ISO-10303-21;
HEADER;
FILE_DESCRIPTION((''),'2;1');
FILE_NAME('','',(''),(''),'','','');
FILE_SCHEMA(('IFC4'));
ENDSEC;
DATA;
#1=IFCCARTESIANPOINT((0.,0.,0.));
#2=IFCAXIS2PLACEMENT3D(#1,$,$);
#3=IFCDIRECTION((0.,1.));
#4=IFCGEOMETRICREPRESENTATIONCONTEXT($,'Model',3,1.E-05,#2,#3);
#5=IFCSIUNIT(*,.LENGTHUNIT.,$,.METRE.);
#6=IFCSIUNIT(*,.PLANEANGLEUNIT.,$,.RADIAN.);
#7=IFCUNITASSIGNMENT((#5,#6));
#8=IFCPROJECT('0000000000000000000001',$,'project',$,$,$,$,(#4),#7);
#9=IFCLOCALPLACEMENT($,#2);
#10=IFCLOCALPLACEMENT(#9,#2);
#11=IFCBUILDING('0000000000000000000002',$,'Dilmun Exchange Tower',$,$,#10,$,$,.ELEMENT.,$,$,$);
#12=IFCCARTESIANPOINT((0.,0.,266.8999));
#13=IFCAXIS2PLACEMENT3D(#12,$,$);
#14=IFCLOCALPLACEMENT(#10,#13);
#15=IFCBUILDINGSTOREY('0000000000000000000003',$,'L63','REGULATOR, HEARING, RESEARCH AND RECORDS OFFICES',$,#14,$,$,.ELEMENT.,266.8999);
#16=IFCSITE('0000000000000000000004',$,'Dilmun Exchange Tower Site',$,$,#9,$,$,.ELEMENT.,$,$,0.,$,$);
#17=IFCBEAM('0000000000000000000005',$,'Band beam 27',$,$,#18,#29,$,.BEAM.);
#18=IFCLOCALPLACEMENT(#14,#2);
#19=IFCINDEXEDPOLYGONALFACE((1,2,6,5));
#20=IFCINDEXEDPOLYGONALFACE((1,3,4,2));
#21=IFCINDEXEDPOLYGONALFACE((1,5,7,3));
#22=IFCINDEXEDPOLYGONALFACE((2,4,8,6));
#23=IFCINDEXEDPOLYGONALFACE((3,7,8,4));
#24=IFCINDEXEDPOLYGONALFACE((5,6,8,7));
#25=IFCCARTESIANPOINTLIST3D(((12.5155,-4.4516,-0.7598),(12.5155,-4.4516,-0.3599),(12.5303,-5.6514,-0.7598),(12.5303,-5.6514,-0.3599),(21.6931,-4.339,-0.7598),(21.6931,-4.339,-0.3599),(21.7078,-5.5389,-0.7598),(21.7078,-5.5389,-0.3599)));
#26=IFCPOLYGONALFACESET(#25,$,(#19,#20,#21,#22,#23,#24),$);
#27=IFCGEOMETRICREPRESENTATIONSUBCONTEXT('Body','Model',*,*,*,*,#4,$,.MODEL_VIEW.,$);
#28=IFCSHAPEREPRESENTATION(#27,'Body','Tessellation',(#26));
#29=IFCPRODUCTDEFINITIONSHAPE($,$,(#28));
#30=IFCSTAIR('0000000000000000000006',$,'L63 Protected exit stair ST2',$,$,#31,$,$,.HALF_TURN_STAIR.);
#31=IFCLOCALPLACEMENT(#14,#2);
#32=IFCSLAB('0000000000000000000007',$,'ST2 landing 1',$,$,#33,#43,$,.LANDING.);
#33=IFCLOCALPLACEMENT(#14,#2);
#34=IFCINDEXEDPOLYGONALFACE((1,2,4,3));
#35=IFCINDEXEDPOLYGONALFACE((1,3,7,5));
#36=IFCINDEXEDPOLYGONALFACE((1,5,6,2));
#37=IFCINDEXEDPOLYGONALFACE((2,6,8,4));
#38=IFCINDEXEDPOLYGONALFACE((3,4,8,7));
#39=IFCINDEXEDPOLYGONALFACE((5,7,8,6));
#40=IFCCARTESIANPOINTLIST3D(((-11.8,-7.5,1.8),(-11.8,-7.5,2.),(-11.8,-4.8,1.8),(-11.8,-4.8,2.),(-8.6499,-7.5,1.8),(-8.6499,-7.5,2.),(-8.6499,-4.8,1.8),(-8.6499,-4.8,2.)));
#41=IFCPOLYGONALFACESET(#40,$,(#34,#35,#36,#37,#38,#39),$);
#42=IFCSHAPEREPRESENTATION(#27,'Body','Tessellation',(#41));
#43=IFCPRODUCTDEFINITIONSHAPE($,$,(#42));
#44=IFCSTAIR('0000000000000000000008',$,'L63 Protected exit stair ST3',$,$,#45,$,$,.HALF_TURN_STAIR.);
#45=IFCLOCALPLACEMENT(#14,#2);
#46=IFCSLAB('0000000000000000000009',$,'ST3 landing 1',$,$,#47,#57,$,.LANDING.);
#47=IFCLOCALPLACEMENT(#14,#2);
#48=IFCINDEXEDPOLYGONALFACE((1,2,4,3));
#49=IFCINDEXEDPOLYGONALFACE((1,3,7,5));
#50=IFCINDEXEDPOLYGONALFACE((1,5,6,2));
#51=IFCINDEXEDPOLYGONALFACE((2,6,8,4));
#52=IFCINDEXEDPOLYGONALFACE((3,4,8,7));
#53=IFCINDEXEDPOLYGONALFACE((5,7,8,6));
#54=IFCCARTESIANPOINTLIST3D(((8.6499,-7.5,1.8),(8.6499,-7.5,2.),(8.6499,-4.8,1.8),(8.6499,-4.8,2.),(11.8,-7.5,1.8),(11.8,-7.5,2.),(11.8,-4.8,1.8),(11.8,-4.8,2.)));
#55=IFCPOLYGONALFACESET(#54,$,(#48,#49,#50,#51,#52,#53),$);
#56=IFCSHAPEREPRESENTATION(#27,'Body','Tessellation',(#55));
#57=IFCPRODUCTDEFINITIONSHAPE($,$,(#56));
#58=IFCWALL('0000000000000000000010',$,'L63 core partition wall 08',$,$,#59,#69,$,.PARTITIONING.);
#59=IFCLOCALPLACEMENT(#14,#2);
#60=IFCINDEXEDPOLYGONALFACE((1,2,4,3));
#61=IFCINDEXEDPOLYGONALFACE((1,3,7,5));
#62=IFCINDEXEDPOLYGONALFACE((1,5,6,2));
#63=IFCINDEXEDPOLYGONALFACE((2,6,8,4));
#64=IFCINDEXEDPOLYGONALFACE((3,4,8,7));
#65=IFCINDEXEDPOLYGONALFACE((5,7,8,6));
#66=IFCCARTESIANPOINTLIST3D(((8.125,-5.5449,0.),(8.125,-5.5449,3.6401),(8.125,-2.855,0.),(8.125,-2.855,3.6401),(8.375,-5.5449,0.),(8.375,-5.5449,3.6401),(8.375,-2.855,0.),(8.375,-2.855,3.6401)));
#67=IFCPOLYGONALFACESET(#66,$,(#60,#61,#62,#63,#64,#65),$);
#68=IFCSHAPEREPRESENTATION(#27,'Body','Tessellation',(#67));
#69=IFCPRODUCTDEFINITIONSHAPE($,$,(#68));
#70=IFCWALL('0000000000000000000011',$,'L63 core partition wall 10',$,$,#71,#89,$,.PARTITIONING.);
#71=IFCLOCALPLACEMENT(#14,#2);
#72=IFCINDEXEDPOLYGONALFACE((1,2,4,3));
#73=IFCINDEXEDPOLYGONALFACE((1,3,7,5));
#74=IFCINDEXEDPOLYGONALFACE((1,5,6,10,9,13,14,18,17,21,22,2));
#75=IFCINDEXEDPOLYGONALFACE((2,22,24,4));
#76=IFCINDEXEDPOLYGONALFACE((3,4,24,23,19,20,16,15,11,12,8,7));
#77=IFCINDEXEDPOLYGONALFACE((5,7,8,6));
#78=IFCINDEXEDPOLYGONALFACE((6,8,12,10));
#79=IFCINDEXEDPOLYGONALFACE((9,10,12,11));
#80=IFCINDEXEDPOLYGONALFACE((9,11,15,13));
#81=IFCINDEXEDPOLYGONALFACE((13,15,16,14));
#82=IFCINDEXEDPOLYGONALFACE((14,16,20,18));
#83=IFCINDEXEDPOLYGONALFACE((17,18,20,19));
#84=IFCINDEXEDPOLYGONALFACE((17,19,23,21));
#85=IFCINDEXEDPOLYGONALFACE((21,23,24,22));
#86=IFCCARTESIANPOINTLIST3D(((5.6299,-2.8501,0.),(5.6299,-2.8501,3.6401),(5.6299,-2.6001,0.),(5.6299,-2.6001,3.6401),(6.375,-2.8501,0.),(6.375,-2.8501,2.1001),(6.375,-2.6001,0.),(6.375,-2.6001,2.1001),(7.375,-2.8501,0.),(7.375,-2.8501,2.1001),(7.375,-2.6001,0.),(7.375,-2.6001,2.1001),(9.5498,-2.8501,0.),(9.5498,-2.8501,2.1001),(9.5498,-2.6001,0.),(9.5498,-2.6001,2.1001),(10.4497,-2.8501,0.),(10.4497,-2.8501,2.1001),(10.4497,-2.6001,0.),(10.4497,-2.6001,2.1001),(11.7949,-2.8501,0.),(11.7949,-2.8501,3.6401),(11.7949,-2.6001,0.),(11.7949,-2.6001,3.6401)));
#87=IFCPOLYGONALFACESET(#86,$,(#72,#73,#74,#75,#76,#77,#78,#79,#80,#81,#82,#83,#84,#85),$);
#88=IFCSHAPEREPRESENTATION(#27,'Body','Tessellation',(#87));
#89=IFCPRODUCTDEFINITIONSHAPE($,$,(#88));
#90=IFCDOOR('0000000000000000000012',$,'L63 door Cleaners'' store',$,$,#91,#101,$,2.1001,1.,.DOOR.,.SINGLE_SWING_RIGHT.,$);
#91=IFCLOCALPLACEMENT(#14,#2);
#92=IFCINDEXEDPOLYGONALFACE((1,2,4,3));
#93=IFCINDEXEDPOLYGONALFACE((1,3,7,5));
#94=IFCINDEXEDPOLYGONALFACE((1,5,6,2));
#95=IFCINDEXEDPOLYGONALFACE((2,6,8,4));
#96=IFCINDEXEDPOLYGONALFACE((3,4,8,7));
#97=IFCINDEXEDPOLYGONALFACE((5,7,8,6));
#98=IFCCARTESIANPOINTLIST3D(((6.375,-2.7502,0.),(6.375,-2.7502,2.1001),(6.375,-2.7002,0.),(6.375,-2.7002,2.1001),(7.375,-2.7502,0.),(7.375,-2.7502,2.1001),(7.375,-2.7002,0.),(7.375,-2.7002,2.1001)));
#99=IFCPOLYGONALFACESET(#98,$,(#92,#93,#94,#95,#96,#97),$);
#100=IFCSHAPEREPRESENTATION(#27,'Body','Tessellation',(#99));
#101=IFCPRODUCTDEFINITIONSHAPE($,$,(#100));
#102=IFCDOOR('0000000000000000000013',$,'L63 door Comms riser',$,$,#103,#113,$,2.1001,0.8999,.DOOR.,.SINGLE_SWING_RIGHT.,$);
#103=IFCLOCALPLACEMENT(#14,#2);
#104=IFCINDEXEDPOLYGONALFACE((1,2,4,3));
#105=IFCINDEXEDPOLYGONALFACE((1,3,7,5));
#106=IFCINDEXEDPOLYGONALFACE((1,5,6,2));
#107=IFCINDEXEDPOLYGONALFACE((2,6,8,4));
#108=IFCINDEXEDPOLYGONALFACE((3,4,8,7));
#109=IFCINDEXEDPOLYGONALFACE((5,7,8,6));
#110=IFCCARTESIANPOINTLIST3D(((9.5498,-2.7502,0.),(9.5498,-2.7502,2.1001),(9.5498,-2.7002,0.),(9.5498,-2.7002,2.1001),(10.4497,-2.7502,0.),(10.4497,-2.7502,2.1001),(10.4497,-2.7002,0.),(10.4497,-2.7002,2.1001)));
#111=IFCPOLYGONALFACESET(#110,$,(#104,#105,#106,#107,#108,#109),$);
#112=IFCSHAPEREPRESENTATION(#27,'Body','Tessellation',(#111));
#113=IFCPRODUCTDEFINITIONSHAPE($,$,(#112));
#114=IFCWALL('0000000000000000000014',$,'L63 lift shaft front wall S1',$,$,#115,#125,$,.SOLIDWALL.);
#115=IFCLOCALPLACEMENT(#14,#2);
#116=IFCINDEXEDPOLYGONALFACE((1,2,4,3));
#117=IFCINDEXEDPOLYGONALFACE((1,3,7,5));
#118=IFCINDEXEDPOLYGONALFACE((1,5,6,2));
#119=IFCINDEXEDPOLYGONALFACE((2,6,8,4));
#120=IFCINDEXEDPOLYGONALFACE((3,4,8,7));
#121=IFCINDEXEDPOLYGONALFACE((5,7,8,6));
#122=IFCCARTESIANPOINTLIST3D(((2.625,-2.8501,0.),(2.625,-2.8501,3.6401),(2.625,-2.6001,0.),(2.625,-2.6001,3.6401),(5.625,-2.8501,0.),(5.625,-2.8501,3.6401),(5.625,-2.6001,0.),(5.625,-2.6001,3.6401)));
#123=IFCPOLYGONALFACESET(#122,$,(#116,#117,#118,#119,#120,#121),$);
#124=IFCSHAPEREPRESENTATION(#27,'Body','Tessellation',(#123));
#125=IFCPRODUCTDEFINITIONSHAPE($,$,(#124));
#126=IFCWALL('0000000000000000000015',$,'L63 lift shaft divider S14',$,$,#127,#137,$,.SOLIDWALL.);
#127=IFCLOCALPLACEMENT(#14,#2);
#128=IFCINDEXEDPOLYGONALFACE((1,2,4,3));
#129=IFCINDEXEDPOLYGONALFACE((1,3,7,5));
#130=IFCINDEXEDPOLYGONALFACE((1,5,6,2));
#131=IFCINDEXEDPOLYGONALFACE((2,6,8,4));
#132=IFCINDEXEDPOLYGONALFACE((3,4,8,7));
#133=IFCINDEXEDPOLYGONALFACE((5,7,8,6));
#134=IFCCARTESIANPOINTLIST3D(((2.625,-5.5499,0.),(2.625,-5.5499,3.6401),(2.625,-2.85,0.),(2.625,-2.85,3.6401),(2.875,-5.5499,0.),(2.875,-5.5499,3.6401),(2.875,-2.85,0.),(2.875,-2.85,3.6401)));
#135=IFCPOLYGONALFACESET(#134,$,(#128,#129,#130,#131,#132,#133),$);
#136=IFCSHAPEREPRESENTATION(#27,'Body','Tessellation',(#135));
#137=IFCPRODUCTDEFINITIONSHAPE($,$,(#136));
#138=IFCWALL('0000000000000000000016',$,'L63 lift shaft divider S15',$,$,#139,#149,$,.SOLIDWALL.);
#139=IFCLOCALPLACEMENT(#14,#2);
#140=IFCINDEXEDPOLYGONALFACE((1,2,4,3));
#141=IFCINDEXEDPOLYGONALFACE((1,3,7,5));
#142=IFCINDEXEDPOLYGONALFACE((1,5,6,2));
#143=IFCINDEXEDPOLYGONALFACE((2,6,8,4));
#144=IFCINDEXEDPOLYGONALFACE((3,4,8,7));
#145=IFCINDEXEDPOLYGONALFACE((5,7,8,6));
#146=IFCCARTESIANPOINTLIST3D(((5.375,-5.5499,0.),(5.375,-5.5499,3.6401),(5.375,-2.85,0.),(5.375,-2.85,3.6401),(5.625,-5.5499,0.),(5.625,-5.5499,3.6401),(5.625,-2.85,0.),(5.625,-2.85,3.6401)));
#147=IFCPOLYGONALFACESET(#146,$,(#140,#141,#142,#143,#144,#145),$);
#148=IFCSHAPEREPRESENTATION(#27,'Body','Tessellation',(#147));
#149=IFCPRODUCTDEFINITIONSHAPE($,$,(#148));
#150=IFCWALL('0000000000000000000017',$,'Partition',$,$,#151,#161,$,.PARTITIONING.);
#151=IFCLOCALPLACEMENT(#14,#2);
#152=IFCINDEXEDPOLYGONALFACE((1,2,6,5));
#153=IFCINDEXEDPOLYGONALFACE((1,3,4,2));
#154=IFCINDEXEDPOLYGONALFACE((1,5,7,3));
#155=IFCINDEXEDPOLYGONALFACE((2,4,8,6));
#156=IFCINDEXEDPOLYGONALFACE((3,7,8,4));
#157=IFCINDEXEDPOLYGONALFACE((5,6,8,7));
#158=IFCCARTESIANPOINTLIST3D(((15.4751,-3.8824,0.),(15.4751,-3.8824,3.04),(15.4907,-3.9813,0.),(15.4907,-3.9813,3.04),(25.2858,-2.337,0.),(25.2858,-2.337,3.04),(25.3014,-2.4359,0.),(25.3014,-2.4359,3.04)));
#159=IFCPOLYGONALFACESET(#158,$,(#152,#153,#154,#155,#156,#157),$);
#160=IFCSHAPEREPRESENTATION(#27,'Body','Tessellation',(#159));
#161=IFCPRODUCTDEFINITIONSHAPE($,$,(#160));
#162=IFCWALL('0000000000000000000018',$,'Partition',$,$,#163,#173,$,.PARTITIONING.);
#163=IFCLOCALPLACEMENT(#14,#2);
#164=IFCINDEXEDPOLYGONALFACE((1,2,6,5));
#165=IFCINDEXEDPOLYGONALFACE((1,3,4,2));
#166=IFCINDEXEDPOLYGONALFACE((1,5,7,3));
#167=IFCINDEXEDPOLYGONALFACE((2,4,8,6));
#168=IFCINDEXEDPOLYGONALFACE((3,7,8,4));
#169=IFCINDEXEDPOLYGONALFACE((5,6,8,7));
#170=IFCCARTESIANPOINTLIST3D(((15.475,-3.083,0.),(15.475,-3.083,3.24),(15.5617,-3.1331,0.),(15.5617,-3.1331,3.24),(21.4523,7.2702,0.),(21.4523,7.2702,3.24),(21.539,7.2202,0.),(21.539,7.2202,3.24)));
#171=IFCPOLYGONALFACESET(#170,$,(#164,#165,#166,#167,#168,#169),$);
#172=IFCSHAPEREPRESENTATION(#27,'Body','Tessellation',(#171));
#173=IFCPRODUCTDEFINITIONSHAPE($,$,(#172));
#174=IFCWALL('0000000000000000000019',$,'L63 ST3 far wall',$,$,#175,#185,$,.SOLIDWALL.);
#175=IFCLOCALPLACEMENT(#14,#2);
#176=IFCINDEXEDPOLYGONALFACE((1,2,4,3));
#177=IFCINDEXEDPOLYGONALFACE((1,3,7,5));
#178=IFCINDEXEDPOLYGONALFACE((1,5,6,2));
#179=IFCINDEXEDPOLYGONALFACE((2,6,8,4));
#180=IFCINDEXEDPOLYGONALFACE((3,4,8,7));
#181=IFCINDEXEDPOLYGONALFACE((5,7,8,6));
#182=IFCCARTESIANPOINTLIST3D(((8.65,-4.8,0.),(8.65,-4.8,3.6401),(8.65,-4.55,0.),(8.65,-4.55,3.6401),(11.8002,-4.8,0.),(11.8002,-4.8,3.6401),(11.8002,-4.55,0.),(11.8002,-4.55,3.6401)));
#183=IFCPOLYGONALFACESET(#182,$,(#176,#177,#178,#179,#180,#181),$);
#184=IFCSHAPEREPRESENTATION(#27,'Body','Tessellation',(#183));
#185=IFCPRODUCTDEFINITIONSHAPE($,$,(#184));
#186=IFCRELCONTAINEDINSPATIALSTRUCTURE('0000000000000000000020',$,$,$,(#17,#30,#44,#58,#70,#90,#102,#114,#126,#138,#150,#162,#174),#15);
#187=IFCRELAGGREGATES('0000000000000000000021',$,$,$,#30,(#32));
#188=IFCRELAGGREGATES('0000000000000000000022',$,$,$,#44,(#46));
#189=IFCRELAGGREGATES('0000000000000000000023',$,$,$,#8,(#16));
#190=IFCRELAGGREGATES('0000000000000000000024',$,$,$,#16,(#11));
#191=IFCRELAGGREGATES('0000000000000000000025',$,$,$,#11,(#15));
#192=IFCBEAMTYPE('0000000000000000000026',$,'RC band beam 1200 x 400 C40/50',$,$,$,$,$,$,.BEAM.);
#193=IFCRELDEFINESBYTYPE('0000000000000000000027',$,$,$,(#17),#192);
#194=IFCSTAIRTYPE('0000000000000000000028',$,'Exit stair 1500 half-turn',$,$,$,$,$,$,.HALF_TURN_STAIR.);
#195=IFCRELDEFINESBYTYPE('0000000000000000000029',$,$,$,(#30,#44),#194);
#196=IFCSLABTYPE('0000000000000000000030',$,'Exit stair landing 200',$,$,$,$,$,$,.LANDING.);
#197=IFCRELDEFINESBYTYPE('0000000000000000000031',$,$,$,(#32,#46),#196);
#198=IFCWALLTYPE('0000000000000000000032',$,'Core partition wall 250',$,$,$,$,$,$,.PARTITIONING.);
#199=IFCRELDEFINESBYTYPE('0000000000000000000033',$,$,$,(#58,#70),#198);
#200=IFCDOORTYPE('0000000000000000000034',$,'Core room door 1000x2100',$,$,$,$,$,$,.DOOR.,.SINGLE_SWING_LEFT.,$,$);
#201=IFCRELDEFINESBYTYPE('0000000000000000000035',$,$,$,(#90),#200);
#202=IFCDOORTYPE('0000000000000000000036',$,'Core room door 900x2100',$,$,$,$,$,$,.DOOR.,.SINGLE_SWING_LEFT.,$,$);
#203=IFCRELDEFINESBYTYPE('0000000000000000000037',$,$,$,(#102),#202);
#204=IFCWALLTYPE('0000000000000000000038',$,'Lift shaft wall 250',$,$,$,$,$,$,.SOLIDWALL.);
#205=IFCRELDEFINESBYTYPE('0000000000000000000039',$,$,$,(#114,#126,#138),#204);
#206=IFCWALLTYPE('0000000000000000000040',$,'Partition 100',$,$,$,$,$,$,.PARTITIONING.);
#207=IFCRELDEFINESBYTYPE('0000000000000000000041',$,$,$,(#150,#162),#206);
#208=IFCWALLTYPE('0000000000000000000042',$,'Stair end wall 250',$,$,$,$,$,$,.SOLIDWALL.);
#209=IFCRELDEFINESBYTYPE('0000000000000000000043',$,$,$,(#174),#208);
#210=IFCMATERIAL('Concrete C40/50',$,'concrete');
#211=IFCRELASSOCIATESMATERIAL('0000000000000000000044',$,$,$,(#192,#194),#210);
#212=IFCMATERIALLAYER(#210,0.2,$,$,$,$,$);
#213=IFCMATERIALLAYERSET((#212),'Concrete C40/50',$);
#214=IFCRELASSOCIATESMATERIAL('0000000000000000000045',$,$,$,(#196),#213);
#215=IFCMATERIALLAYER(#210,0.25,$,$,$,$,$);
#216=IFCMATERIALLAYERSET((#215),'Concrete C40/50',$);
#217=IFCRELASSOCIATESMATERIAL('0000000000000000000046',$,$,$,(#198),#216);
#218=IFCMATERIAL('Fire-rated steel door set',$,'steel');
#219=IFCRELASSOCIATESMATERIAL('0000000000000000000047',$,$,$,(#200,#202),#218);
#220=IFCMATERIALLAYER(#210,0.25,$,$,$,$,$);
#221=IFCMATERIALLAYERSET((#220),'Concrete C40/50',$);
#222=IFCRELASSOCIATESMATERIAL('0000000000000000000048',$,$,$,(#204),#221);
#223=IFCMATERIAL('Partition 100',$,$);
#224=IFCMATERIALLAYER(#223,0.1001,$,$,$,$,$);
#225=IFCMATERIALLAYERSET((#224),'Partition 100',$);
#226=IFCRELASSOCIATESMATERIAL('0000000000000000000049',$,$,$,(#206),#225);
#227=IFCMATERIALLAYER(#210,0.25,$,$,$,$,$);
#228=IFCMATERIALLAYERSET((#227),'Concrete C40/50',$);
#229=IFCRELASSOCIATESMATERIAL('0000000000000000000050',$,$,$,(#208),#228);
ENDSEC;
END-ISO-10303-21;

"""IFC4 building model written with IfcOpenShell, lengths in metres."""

from ifc_helpers import new_model, si_unit, direction, frame, frame_2d, origin, origin_2d, place, context, subcontext, project, spatial, polyline, rectangle, outline, extrude, material, layer, layer_set, material_profile, profile_set, type_object, element, fill, aggregate, save


model = new_model("IFC4")

# Units and contexts
model_context = context("Model", 3, precision=1e-05, world=origin(), true_north=direction((0.0, 1.0)))
body_context = subcontext(model_context, "Body", "Model", "MODEL_VIEW")
ifc_project = project(units=[si_unit("LENGTHUNIT", "METRE"), si_unit("PLANEANGLEUNIT", "RADIAN")], contexts=[model_context])

# Site, building, storey
site_placement = place(None, origin())
site = spatial("IfcSite", under=ifc_project, at=site_placement, Name="Dilmun Exchange Tower Site", CompositionType="ELEMENT", RefElevation=0.0)
building_placement = place(site_placement, origin())
building = spatial("IfcBuilding", under=site, at=building_placement, Name="Dilmun Exchange Tower", CompositionType="ELEMENT")
storey_placement = place(building_placement, frame((0.0, 0.0, 266.8999)))
storey = spatial("IfcBuildingStorey", under=building, at=storey_placement, Name="L63", Description="REGULATOR, HEARING, RESEARCH AND RECORDS OFFICES", CompositionType="ELEMENT", Elevation=266.8999)

# Beam
ifc_material_1 = material(Name="Concrete C40/50", Category="concrete")
ifc_material_profile = material_profile(ifc_material_1, rectangle(XDim=1.2, YDim=0.3999, at=origin_2d()), Name="1200 x 400")
ifc_profile_set = profile_set([ifc_material_profile], Name="Concrete C40/50")
beam_type = type_object("IfcBeamType", Name="RC band beam 1200 x 400 C40/50", PredefinedType="BEAM", material=ifc_profile_set)
beam_placement = place(storey_placement, frame((21.7004, -4.939, -0.5598), z_axis=(-0.999925, -0.012263, 0.0), x_axis=(0.012263, -0.999925, 0.0)))
element("IfcBeam", 1, at=beam_placement, inside=storey, type_object=beam_type, Name="Band beam 27", PredefinedType="BEAM", context=body_context, shape_type="SweptSolid", body=[
    extrude(rectangle(XDim=1.2, YDim=0.3999, at=origin_2d()), origin(), (0.0, 0.0, 1.0), 9.1782),
])

# Stairs, slabs
stair_type = type_object("IfcStairType", Name="Exit stair 1500 half-turn", PredefinedType="HALF_TURN_STAIR", material=ifc_material_1)
stair_1_placement = place(storey_placement, origin())
stair_1 = element("IfcStair", 2, at=stair_1_placement, inside=storey, type_object=stair_type, Name="L63 Protected exit stair ST2", PredefinedType="HALF_TURN_STAIR")
ifc_layer_1 = layer(ifc_material_1, 0.2)
ifc_layer_set_1 = layer_set([ifc_layer_1], Name="Concrete C40/50")
slab_type = type_object("IfcSlabType", Name="Exit stair landing 200", PredefinedType="LANDING", material=ifc_layer_set_1)
slab_1_placement = place(storey_placement, frame((0.0, 0.0, 1.8)))
slab_1 = element("IfcSlab", 3, at=slab_1_placement, type_object=slab_type, Name="ST2 landing 1", PredefinedType="LANDING", context=body_context, shape_type="SweptSolid", body=[
    extrude(outline(polyline([(-8.6499, -7.5), (-8.6499, -4.8), (-11.8, -4.8), (-11.8, -7.5), (-8.6499, -7.5)])), origin(), (0.0, 0.0, 1.0), 0.2),
])
aggregate(stair_1, [slab_1])
stair_2_placement = place(storey_placement, origin())
stair_2 = element("IfcStair", 4, at=stair_2_placement, inside=storey, type_object=stair_type, Name="L63 Protected exit stair ST3", PredefinedType="HALF_TURN_STAIR")
slab_2_placement = place(storey_placement, frame((0.0, 0.0, 1.8)))
slab_2 = element("IfcSlab", 5, at=slab_2_placement, type_object=slab_type, Name="ST3 landing 1", PredefinedType="LANDING", context=body_context, shape_type="SweptSolid", body=[
    extrude(outline(polyline([(11.8, -7.5), (11.8, -4.8), (8.6499, -4.8), (8.6499, -7.5), (11.8, -7.5)])), origin(), (0.0, 0.0, 1.0), 0.2),
])

# Wall
ifc_layer_2 = layer(ifc_material_1, 0.25)
ifc_layer_set_2 = layer_set([ifc_layer_2], Name="Concrete C40/50")
wall_type_1 = type_object("IfcWallType", Name="Core partition wall 250", PredefinedType="PARTITIONING", material=ifc_layer_set_2)
wall_1_placement = place(storey_placement, frame((8.25, -5.5449, 0.0), z_axis=(0.0, 0.0, 1.0), x_axis=(0.0, 1.0, 0.0)))
element("IfcWall", 6, at=wall_1_placement, inside=storey, type_object=wall_type_1, Name="L63 core partition wall 08", PredefinedType="PARTITIONING", context=body_context, shape_type="SweptSolid", body=[
    extrude(rectangle(XDim=2.6899, YDim=0.25, at=frame_2d((1.345, 0.0))), origin(), (0.0, 0.0, 1.0), 3.6401),
])

# Wall, openings, doors
wall_2_placement = place(storey_placement, frame((5.6299, -2.7251, 0.0), z_axis=(0.0, 0.0, 1.0), x_axis=(1.0, 0.0, 0.0)))
wall_2 = element("IfcWall", 7, at=wall_2_placement, inside=storey, type_object=wall_type_1, Name="L63 core partition wall 10", PredefinedType="PARTITIONING", context=body_context, shape_type="SweptSolid", body=[
    extrude(rectangle(XDim=6.165, YDim=0.25, at=frame_2d((3.0825, 0.0))), origin(), (0.0, 0.0, 1.0), 3.6401),
])
opening_1_placement = place(wall_2_placement, frame((0.7451, 0.0, 0.0)))
opening_1 = element("IfcOpeningElement", 8, at=opening_1_placement, cuts=wall_2, PredefinedType="OPENING", context=body_context, shape_type="SweptSolid", body=[
    extrude(rectangle(XDim=1.0, YDim=2.1001, at=frame_2d((0.5, 1.05))), frame((0.0, 0.135, 0.0), z_axis=(0.0, -1.0, 0.0), x_axis=(1.0, 0.0, 0.0)), (0.0, 0.0, 1.0), 0.27),
])
opening_2_placement = place(wall_2_placement, frame((3.9199, 0.0, 0.0)))
opening_2 = element("IfcOpeningElement", 9, at=opening_2_placement, cuts=wall_2, PredefinedType="OPENING", context=body_context, shape_type="SweptSolid", body=[
    extrude(rectangle(XDim=0.8999, YDim=2.1001, at=frame_2d((0.45, 1.05))), frame((0.0, 0.135, 0.0), z_axis=(0.0, -1.0, 0.0), x_axis=(1.0, 0.0, 0.0)), (0.0, 0.0, 1.0), 0.27),
])
ifc_material_2 = material(Name="Fire-rated steel door set", Category="steel")
door_type_1 = type_object("IfcDoorType", Name="Core room door 1000x2100", OperationType="SINGLE_SWING_LEFT", PredefinedType="DOOR", material=ifc_material_2)
door_1_placement = place(opening_1_placement, origin())
door_1 = element("IfcDoor", 10, at=door_1_placement, inside=storey, type_object=door_type_1, Name="L63 door Cleaners' store", OperationType="SINGLE_SWING_RIGHT", OverallHeight=2.1001, OverallWidth=1.0, PredefinedType="DOOR", context=body_context, shape_type="SweptSolid", body=[
    extrude(rectangle(XDim=1.0, YDim=2.1001, at=frame_2d((0.5, 1.05))), frame((0.0, 0.0249, 0.0), z_axis=(0.0, -1.0, 0.0), x_axis=(1.0, 0.0, 0.0)), (0.0, 0.0, 1.0), 0.05),
])
fill(opening_1, door_1)
door_type_2 = type_object("IfcDoorType", Name="Core room door 900x2100", OperationType="SINGLE_SWING_LEFT", PredefinedType="DOOR", material=ifc_material_2)
door_2_placement = place(opening_2_placement, origin())
door_2 = element("IfcDoor", 11, at=door_2_placement, inside=storey, type_object=door_type_2, Name="L63 door Comms riser", OperationType="SINGLE_SWING_RIGHT", OverallHeight=2.1001, OverallWidth=0.8999, PredefinedType="DOOR", context=body_context, shape_type="SweptSolid", body=[
    extrude(rectangle(XDim=0.8999, YDim=2.1001, at=frame_2d((0.45, 1.05))), frame((0.0, 0.0249, 0.0), z_axis=(0.0, -1.0, 0.0), x_axis=(1.0, 0.0, 0.0)), (0.0, 0.0, 1.0), 0.05),
])
fill(opening_2, door_2)

# Walls
ifc_layer_3 = layer(ifc_material_1, 0.25)
ifc_layer_set_3 = layer_set([ifc_layer_3], Name="Concrete C40/50")
wall_type_2 = type_object("IfcWallType", Name="Lift shaft wall 250", PredefinedType="SOLIDWALL", material=ifc_layer_set_3)
wall_3_placement = place(storey_placement, frame((2.625, -2.7251, 0.0), z_axis=(0.0, 0.0, 1.0), x_axis=(1.0, 0.0, 0.0)))
element("IfcWall", 12, at=wall_3_placement, inside=storey, type_object=wall_type_2, Name="L63 lift shaft front wall S1", PredefinedType="SOLIDWALL", context=body_context, shape_type="SweptSolid", body=[
    extrude(rectangle(XDim=3.0, YDim=0.25, at=frame_2d((1.5, 0.0))), origin(), (0.0, 0.0, 1.0), 3.6401),
])
for number, where, z_axis, x_axis, name in (
    (13, (2.75, -5.55, 0.0), (0.0, 0.0, 1.0), (0.0, 1.0, 0.0), "L63 lift shaft divider S14"),
    (14, (5.5, -5.55, 0.0), (0.0, 0.0, 1.0), (0.0, 1.0, 0.0), "L63 lift shaft divider S15"),
):
    element("IfcWall", number, at=place(storey_placement, frame(where, z_axis=z_axis, x_axis=x_axis)), inside=storey, type_object=wall_type_2, Name=name, PredefinedType="SOLIDWALL", context=body_context, shape_type="SweptSolid", body=[
        extrude(rectangle(XDim=2.7, YDim=0.25, at=frame_2d((1.3501, 0.0))), origin(), (0.0, 0.0, 1.0), 3.6401),
    ])
ifc_material_3 = material(Name="Partition 100")
ifc_layer_4 = layer(ifc_material_3, 0.1001)
ifc_layer_set_4 = layer_set([ifc_layer_4], Name="Partition 100")
wall_type_3 = type_object("IfcWallType", Name="Partition 100", PredefinedType="PARTITIONING", material=ifc_layer_set_4)
wall_4_placement = place(storey_placement, frame((15.4829, -3.9319, 0.0), z_axis=(0.0, 0.0, 1.0), x_axis=(0.987819, 0.155607, 0.0)))
element("IfcWall", 15, at=wall_4_placement, inside=storey, type_object=wall_type_3, Name="Partition", PredefinedType="PARTITIONING", context=body_context, shape_type="SweptSolid", body=[
    extrude(rectangle(XDim=9.9316, YDim=0.1001, at=frame_2d((4.9658, 0.0))), origin(), (0.0, 0.0, 1.0), 3.04),
])
wall_5_placement = place(storey_placement, frame((15.5183, -3.1082, 0.0), z_axis=(0.0, 0.0, 1.0), x_axis=(0.499989, 0.866032, 0.0)))
element("IfcWall", 16, at=wall_5_placement, inside=storey, type_object=wall_type_3, Name="Partition", PredefinedType="PARTITIONING", context=body_context, shape_type="SweptSolid", body=[
    extrude(rectangle(XDim=11.9548, YDim=0.1001, at=frame_2d((5.9775, 0.0))), origin(), (0.0, 0.0, 1.0), 3.24),
])
ifc_layer_5 = layer(ifc_material_1, 0.25)
ifc_layer_set_5 = layer_set([ifc_layer_5], Name="Concrete C40/50")
wall_type_4 = type_object("IfcWallType", Name="Stair end wall 250", PredefinedType="SOLIDWALL", material=ifc_layer_set_5)
wall_6_placement = place(storey_placement, frame((8.6499, -4.675, 0.0), z_axis=(0.0, 0.0, 1.0), x_axis=(1.0, 0.0, 0.0)))
element("IfcWall", 17, at=wall_6_placement, inside=storey, type_object=wall_type_4, Name="L63 ST3 far wall", PredefinedType="SOLIDWALL", context=body_context, shape_type="SweptSolid", body=[
    extrude(rectangle(XDim=3.1501, YDim=0.25, at=frame_2d((1.5752, 0.0))), origin(), (0.0, 0.0, 1.0), 3.6401),
])

aggregate(stair_2, [slab_2])

save(model, "model.ifc")
